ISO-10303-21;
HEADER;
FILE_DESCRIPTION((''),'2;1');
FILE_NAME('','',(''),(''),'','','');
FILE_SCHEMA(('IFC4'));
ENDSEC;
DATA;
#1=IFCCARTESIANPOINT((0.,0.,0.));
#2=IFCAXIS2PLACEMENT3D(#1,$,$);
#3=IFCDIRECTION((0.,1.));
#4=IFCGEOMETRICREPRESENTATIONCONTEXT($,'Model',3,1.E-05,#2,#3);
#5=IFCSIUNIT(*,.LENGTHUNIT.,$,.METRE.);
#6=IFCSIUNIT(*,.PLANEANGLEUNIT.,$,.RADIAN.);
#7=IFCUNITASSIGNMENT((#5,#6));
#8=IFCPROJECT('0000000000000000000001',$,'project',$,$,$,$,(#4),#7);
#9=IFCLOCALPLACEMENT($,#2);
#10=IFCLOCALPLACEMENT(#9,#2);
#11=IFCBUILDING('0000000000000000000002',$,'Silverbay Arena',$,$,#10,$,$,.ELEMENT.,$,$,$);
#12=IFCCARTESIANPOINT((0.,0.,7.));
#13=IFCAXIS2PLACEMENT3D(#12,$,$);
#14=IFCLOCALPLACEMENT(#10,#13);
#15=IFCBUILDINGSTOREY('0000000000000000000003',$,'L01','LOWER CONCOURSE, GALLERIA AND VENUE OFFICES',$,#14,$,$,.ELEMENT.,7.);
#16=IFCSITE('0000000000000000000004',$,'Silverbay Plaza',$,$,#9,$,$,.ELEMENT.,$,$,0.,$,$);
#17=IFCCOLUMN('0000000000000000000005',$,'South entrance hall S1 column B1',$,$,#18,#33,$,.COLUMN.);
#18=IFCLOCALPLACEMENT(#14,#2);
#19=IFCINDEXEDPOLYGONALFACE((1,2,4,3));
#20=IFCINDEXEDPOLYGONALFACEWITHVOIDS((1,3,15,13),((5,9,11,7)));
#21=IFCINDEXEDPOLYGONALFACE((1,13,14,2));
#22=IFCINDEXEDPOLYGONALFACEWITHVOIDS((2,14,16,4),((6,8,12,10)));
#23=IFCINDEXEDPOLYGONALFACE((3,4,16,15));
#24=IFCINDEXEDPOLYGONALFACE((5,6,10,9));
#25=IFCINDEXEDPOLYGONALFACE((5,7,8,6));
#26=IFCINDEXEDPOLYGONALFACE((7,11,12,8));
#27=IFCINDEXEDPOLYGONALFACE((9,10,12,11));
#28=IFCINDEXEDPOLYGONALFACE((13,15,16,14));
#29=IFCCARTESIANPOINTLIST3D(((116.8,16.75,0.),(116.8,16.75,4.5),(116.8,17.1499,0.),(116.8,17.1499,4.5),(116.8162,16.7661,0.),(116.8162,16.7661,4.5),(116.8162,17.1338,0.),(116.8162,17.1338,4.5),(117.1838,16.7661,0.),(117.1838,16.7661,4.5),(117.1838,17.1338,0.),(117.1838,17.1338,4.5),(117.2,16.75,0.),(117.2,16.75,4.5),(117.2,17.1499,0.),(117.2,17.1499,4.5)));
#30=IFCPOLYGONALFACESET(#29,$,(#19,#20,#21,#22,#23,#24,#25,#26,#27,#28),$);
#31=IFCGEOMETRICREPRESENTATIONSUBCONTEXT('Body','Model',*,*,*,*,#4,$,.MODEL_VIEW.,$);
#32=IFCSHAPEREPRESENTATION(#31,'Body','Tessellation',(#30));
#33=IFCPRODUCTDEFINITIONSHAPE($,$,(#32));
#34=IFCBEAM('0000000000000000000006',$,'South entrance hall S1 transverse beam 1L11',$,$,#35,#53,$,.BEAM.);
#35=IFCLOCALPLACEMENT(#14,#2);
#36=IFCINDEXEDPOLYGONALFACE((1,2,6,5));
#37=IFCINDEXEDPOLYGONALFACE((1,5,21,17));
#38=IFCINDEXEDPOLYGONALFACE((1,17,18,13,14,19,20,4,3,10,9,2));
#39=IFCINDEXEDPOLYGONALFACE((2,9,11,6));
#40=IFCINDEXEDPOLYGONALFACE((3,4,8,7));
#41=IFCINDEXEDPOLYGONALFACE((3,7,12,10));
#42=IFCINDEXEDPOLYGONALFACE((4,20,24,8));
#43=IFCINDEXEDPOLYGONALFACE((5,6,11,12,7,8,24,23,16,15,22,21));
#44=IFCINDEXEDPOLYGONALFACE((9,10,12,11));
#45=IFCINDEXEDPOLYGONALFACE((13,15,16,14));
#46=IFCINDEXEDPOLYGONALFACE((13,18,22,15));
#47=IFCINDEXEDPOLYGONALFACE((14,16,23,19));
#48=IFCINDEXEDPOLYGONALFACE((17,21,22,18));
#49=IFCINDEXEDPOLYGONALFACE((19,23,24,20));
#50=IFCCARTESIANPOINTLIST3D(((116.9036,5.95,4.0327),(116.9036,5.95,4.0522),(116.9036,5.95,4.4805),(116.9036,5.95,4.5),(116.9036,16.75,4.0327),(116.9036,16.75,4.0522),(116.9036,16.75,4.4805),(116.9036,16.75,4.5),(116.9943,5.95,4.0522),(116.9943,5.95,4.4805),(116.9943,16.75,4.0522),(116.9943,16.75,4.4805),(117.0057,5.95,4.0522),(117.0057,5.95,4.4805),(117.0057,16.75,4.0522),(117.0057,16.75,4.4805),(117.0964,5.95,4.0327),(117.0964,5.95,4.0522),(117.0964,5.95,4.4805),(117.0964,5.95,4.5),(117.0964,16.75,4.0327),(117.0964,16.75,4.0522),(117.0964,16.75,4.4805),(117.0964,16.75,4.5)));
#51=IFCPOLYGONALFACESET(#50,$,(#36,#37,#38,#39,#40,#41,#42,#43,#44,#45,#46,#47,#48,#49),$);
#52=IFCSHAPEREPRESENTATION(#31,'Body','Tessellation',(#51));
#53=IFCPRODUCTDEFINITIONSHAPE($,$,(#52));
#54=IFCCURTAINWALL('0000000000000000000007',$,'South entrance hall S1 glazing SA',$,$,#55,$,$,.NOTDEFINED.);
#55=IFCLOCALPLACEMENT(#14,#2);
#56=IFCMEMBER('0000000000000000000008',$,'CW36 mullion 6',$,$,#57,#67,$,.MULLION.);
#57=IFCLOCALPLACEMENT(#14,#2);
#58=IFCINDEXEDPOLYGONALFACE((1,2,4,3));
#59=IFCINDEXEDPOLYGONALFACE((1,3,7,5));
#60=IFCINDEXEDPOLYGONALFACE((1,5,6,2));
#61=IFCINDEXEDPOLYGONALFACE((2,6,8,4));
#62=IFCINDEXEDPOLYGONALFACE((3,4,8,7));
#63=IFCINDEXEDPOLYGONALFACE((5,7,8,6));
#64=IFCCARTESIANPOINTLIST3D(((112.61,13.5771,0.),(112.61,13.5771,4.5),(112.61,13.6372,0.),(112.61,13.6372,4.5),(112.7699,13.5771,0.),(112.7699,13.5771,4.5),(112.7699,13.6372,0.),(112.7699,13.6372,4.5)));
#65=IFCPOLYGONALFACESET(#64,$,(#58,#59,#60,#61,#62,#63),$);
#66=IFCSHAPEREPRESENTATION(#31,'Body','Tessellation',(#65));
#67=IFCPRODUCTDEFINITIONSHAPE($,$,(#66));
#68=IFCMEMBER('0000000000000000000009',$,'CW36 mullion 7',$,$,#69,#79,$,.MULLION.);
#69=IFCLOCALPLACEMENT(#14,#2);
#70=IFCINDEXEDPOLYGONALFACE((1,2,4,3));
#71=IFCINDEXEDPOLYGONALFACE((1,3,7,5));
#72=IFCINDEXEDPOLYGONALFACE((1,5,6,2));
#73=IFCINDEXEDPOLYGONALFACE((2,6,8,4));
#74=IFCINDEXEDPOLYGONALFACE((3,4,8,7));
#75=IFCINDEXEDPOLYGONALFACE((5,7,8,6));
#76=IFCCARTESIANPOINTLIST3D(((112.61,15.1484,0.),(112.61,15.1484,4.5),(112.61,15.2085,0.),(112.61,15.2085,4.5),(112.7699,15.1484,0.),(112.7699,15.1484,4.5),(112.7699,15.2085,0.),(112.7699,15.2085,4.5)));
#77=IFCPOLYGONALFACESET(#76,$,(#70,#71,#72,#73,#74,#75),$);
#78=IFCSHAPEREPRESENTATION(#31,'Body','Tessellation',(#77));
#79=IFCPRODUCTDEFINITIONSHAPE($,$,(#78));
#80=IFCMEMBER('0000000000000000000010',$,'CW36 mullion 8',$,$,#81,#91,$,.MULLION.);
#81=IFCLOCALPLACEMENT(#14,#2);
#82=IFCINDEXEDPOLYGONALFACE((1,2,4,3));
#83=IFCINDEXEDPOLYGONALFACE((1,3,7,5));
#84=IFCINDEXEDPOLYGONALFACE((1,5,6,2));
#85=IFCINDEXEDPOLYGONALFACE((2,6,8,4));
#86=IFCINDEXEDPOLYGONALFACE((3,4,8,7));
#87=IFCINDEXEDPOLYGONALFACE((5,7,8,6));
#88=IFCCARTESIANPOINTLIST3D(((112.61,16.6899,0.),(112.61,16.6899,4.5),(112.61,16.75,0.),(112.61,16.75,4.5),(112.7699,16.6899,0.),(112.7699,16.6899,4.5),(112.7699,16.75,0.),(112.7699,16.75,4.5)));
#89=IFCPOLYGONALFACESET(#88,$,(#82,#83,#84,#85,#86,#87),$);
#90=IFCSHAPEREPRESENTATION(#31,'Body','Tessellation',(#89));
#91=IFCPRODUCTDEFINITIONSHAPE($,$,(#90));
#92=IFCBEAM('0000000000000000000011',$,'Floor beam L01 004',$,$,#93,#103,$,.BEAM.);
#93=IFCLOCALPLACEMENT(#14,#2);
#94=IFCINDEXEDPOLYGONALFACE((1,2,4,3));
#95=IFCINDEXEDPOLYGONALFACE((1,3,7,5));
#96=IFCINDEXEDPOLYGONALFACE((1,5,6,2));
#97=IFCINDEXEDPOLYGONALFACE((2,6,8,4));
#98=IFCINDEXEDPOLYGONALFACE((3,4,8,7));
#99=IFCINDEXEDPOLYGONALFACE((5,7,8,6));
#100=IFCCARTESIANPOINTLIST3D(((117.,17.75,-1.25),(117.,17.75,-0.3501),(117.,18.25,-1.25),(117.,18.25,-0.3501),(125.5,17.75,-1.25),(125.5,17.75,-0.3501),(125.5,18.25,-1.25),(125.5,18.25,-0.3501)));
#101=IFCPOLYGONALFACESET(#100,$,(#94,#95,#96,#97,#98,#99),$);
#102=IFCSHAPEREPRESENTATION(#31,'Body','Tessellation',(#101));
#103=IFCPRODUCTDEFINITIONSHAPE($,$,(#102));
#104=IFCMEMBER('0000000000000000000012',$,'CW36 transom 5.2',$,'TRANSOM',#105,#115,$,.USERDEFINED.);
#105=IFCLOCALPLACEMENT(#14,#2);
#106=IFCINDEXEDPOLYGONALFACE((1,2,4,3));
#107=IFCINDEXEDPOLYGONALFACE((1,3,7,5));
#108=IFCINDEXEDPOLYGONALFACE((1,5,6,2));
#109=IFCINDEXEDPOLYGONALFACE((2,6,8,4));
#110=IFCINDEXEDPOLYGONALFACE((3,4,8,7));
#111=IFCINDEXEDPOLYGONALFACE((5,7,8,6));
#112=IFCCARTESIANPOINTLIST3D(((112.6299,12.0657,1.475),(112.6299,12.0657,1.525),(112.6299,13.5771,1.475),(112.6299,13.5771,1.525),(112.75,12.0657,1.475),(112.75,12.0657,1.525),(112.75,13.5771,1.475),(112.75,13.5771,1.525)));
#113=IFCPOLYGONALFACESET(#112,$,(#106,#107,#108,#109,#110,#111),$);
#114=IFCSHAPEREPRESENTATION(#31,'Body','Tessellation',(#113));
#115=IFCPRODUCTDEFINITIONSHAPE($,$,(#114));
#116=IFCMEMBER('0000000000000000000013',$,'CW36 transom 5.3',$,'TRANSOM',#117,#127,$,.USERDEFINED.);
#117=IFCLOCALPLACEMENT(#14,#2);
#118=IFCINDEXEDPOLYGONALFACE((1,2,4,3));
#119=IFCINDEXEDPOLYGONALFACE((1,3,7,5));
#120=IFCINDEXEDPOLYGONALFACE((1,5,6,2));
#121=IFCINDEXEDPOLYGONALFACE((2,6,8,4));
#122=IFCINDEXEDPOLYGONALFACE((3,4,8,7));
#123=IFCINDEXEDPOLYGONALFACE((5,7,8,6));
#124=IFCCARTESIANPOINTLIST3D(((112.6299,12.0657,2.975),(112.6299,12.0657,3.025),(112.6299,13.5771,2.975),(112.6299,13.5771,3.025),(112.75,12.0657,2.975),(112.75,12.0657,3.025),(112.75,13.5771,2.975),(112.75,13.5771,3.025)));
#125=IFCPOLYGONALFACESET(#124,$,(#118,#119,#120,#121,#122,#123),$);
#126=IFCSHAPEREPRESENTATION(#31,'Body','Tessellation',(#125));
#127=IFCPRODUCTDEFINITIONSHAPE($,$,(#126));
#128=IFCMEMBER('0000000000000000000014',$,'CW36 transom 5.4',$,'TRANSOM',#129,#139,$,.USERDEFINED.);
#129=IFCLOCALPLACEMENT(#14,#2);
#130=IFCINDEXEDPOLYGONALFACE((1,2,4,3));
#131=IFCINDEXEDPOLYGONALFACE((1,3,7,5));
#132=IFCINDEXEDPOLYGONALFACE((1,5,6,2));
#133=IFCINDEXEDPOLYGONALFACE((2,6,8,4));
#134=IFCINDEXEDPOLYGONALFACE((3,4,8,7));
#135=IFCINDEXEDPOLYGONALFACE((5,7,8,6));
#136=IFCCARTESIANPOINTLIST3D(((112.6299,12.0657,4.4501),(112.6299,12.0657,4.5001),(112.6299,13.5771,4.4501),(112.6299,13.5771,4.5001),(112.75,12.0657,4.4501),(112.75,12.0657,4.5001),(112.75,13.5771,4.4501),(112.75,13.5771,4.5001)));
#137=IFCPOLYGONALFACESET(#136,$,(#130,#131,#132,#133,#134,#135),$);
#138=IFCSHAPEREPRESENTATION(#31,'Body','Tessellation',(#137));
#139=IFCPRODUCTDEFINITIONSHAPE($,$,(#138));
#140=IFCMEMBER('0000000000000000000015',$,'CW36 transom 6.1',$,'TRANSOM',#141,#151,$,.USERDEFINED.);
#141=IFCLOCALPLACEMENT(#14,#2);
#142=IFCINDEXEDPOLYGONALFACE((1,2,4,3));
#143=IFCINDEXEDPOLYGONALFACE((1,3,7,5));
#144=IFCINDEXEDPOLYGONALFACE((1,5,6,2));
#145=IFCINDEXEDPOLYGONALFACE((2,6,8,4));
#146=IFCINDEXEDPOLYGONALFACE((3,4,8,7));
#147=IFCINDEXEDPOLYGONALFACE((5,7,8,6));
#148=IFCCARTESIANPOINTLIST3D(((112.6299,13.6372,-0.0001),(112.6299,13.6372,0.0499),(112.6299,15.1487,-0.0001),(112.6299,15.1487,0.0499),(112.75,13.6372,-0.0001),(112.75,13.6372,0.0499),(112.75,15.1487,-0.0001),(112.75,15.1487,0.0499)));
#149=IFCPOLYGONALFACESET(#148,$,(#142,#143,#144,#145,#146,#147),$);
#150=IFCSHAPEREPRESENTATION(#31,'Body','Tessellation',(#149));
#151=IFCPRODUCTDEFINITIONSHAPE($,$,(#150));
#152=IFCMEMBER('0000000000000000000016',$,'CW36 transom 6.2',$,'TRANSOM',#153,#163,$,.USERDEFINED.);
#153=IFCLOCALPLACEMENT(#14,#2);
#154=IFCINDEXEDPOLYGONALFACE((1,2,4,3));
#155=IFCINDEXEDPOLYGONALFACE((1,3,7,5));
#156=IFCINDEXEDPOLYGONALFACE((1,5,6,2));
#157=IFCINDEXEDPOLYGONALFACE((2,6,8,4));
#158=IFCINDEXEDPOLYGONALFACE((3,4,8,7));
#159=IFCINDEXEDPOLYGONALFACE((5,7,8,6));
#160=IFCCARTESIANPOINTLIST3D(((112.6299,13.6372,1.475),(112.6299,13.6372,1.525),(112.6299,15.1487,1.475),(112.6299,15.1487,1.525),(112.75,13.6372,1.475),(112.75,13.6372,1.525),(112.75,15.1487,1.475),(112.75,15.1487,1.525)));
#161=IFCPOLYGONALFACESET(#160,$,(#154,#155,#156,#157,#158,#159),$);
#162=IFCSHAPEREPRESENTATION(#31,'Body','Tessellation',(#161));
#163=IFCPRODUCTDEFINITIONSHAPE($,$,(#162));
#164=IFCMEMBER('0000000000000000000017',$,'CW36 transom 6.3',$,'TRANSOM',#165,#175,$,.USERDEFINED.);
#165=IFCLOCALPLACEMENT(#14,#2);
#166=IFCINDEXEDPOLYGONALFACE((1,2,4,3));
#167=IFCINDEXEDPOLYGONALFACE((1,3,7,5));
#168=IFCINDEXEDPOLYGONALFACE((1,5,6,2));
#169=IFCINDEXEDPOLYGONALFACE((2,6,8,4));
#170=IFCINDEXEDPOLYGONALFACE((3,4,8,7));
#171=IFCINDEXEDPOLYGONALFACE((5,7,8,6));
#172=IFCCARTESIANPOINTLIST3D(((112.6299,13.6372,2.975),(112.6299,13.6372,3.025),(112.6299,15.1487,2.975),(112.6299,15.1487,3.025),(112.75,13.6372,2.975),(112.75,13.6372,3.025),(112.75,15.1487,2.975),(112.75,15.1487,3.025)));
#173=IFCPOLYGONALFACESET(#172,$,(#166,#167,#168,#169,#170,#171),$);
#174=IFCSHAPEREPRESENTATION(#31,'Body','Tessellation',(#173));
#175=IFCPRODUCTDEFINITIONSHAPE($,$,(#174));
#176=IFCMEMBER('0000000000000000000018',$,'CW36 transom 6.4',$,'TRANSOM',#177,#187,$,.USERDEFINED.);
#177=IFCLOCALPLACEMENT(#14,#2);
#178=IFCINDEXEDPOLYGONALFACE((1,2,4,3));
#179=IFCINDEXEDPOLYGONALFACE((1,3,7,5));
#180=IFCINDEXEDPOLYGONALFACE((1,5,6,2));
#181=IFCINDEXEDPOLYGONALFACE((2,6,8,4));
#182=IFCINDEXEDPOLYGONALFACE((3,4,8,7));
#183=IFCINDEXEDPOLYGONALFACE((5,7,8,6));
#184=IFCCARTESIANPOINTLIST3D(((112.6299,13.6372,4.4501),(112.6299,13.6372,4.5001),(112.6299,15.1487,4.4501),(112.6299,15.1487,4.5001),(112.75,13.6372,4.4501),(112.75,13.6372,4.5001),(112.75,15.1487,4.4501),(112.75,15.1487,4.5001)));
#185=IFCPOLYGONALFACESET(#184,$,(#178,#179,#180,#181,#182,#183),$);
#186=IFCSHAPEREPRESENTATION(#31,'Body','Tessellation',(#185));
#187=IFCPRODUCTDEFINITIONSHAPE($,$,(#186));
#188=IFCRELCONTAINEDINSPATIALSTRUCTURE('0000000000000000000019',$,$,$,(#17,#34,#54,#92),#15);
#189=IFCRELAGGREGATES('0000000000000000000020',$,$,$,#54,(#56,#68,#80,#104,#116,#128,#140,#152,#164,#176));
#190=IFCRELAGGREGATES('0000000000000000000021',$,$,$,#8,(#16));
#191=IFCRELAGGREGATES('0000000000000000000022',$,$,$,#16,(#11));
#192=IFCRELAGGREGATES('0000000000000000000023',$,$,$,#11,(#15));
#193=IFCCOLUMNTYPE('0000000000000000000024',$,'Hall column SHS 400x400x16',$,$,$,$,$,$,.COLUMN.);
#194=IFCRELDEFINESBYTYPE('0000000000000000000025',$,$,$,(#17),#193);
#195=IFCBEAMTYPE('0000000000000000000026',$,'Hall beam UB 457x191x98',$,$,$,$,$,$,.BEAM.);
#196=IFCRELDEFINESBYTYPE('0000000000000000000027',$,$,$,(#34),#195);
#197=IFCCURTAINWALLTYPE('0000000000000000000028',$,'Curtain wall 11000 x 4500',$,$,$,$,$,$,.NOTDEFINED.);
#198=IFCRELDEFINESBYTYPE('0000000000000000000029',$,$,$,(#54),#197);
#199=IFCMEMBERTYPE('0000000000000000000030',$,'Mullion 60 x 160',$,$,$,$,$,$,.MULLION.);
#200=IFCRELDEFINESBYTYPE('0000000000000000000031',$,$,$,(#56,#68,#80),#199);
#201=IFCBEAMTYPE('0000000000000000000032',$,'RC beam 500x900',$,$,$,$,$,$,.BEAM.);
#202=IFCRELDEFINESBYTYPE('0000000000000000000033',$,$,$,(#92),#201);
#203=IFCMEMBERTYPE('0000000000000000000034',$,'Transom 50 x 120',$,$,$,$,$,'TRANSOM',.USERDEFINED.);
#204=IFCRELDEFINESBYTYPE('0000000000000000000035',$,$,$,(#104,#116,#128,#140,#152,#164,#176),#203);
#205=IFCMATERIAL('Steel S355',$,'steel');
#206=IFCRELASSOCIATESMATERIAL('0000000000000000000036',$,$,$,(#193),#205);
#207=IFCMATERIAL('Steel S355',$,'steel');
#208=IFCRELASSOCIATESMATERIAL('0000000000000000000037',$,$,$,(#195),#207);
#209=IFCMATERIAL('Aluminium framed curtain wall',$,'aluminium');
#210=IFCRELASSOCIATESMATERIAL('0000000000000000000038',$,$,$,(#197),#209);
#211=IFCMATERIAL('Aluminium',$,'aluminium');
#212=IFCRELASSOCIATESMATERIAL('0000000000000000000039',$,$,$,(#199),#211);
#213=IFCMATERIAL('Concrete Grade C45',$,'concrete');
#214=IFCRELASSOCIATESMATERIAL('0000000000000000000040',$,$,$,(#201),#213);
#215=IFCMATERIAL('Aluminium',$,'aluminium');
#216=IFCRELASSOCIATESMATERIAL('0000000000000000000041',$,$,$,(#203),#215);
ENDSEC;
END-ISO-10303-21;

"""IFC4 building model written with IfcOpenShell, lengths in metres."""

from ifc_helpers import new_model, si_unit, direction, frame, origin, origin_2d, place, context, subcontext, project, spatial, rectangle, hollow_rectangle, i_section, extrude, material, material_profile, profile_set, type_object, element, aggregate, save


model = new_model("IFC4")

# Units and contexts
model_context = context("Model", 3, precision=1e-05, world=origin(), true_north=direction((0.0, 1.0)))
body_context = subcontext(model_context, "Body", "Model", "MODEL_VIEW")
ifc_project = project(units=[si_unit("LENGTHUNIT", "METRE"), si_unit("PLANEANGLEUNIT", "RADIAN")], contexts=[model_context])

# Site, building, storey
site_placement = place(None, origin())
site = spatial("IfcSite", under=ifc_project, at=site_placement, Name="Silverbay Plaza", CompositionType="ELEMENT", RefElevation=0.0)
building_placement = place(site_placement, origin())
building = spatial("IfcBuilding", under=site, at=building_placement, Name="Silverbay Arena", CompositionType="ELEMENT")
storey_placement = place(building_placement, frame((0.0, 0.0, 7.0)))
storey = spatial("IfcBuildingStorey", under=building, at=storey_placement, Name="L01", Description="LOWER CONCOURSE, GALLERIA AND VENUE OFFICES", CompositionType="ELEMENT", Elevation=7.0)

# Column
ifc_material_1 = material(Name="Steel S355", Category="steel")
ifc_material_profile_1 = material_profile(ifc_material_1, hollow_rectangle(XDim=0.3999, YDim=0.3999, WallThickness=0.0161, at=origin_2d()), Name="SHS 400x400x16")
ifc_profile_set_1 = profile_set([ifc_material_profile_1], Name="Steel S355")
column_type = type_object("IfcColumnType", Name="Hall column SHS 400x400x16", PredefinedType="COLUMN", material=ifc_profile_set_1)
column_placement = place(storey_placement, frame((117.0, 16.95, 0.0), z_axis=(0.0, 0.0, 1.0), x_axis=(1.0, 0.0, 0.0)))
element("IfcColumn", 1, at=column_placement, inside=storey, type_object=column_type, Name="South entrance hall S1 column B1", PredefinedType="COLUMN", context=body_context, shape_type="SweptSolid", body=[
    extrude(hollow_rectangle(XDim=0.3999, YDim=0.3999, WallThickness=0.0161, at=origin_2d()), origin(), (0.0, 0.0, 1.0), 4.5),
])

# Beam
ifc_material_2 = material(Name="Steel S355", Category="steel")
ifc_material_profile_2 = material_profile(ifc_material_2, i_section(OverallWidth=0.1929, OverallDepth=0.4673, WebThickness=0.0115, FlangeThickness=0.0195, at=origin_2d()), Name="UB 457x191x98")
ifc_profile_set_2 = profile_set([ifc_material_profile_2], Name="Steel S355")
beam_type_1 = type_object("IfcBeamType", Name="Hall beam UB 457x191x98", PredefinedType="BEAM", material=ifc_profile_set_2)
beam_1_placement = place(storey_placement, frame((117.0, 16.75, 4.2664), z_axis=(0.0, -1.0, 0.0), x_axis=(1.0, 0.0, 0.0)))
element("IfcBeam", 2, at=beam_1_placement, inside=storey, type_object=beam_type_1, Name="South entrance hall S1 transverse beam 1L11", PredefinedType="BEAM", context=body_context, shape_type="SweptSolid", body=[
    extrude(i_section(OverallWidth=0.1929, OverallDepth=0.4673, WebThickness=0.0115, FlangeThickness=0.0195, at=origin_2d()), origin(), (0.0, 0.0, 1.0), 10.8),
])

# Curtain wall, members
ifc_material_3 = material(Name="Aluminium framed curtain wall", Category="aluminium")
curtain_wall_type = type_object("IfcCurtainWallType", Name="Curtain wall 11000 x 4500", PredefinedType="NOTDEFINED", material=ifc_material_3)
curtain_wall_placement = place(storey_placement, origin())
curtain_wall = element("IfcCurtainWall", 3, at=curtain_wall_placement, inside=storey, type_object=curtain_wall_type, Name="South entrance hall S1 glazing SA", PredefinedType="NOTDEFINED")
ifc_material_4 = material(Name="Aluminium", Category="aluminium")
ifc_material_profile_3 = material_profile(ifc_material_4, rectangle(XDim=0.1599, YDim=0.0601, at=origin_2d()), Name="Mullion 60 x 160")
ifc_profile_set_3 = profile_set([ifc_material_profile_3], Name="Aluminium")
member_type_1 = type_object("IfcMemberType", Name="Mullion 60 x 160", PredefinedType="MULLION", material=ifc_profile_set_3)
member_1_placement = place(storey_placement, frame((112.6899, 13.6072, 0.0), z_axis=(0.0, 0.0, 1.0), x_axis=(-1.0, 0.0, 0.0)))
member_1 = element("IfcMember", 4, at=member_1_placement, type_object=member_type_1, Name="CW36 mullion 6", PredefinedType="MULLION", context=body_context, shape_type="SweptSolid", body=[
    extrude(rectangle(XDim=0.1599, YDim=0.0601, at=origin_2d()), origin(), (0.0, 0.0, 1.0), 4.5),
])
member_2_placement = place(storey_placement, frame((112.6899, 15.1785, 0.0), z_axis=(0.0, 0.0, 1.0), x_axis=(-1.0, 0.0, 0.0)))
member_2 = element("IfcMember", 5, at=member_2_placement, type_object=member_type_1, Name="CW36 mullion 7", PredefinedType="MULLION", context=body_context, shape_type="SweptSolid", body=[
    extrude(rectangle(XDim=0.1599, YDim=0.0601, at=origin_2d()), origin(), (0.0, 0.0, 1.0), 4.5),
])
member_3_placement = place(storey_placement, frame((112.6899, 16.72, 0.0), z_axis=(0.0, 0.0, 1.0), x_axis=(-1.0, 0.0, 0.0)))
member_3 = element("IfcMember", 6, at=member_3_placement, type_object=member_type_1, Name="CW36 mullion 8", PredefinedType="MULLION", context=body_context, shape_type="SweptSolid", body=[
    extrude(rectangle(XDim=0.1599, YDim=0.0601, at=origin_2d()), origin(), (0.0, 0.0, 1.0), 4.5),
])

# Beam
ifc_material_5 = material(Name="Concrete Grade C45", Category="concrete")
ifc_material_profile_4 = material_profile(ifc_material_5, rectangle(XDim=0.5, YDim=0.8999, at=origin_2d()), Name="RC 500x900")
ifc_profile_set_4 = profile_set([ifc_material_profile_4], Name="Concrete Grade C45")
beam_type_2 = type_object("IfcBeamType", Name="RC beam 500x900", PredefinedType="BEAM", material=ifc_profile_set_4)
beam_2_placement = place(storey_placement, frame((117.0, 18.0, -0.8), z_axis=(1.0, 0.0, 0.0), x_axis=(0.0, 1.0, 0.0)))
element("IfcBeam", 7, at=beam_2_placement, inside=storey, type_object=beam_type_2, Name="Floor beam L01 004", PredefinedType="BEAM", context=body_context, shape_type="SweptSolid", body=[
    extrude(rectangle(XDim=0.5, YDim=0.8999, at=origin_2d()), origin(), (0.0, 0.0, 1.0), 8.5),
])

# Members
ifc_material_6 = material(Name="Aluminium", Category="aluminium")
ifc_material_profile_5 = material_profile(ifc_material_6, rectangle(XDim=0.1201, YDim=0.05, at=origin_2d()), Name="Transom 50 x 120")
ifc_profile_set_5 = profile_set([ifc_material_profile_5], Name="Aluminium")
member_type_2 = type_object("IfcMemberType", Name="Transom 50 x 120", ElementType="TRANSOM", PredefinedType="USERDEFINED", material=ifc_profile_set_5)
member_4_placement = place(storey_placement, frame((112.6899, 12.0657, 1.5), z_axis=(0.0, 1.0, 0.0), x_axis=(-1.0, 0.0, 0.0)))
member_4 = element("IfcMember", 8, at=member_4_placement, type_object=member_type_2, Name="CW36 transom 5.2", ObjectType="TRANSOM", PredefinedType="USERDEFINED", context=body_context, shape_type="SweptSolid", body=[
    extrude(rectangle(XDim=0.1201, YDim=0.05, at=origin_2d()), origin(), (0.0, 0.0, 1.0), 1.5115),
])
member_5_placement = place(storey_placement, frame((112.6899, 12.0657, 3.0), z_axis=(0.0, 1.0, 0.0), x_axis=(-1.0, 0.0, 0.0)))
member_5 = element("IfcMember", 9, at=member_5_placement, type_object=member_type_2, Name="CW36 transom 5.3", ObjectType="TRANSOM", PredefinedType="USERDEFINED", context=body_context, shape_type="SweptSolid", body=[
    extrude(rectangle(XDim=0.1201, YDim=0.05, at=origin_2d()), origin(), (0.0, 0.0, 1.0), 1.5115),
])
member_6_placement = place(storey_placement, frame((112.6899, 12.0657, 4.4751), z_axis=(0.0, 1.0, 0.0), x_axis=(-1.0, 0.0, 0.0)))
member_6 = element("IfcMember", 10, at=member_6_placement, type_object=member_type_2, Name="CW36 transom 5.4", ObjectType="TRANSOM", PredefinedType="USERDEFINED", context=body_context, shape_type="SweptSolid", body=[
    extrude(rectangle(XDim=0.1201, YDim=0.05, at=origin_2d()), origin(), (0.0, 0.0, 1.0), 1.5115),
])
member_7_placement = place(storey_placement, frame((112.6899, 13.6372, 0.0249), z_axis=(0.0, 1.0, 0.0), x_axis=(-1.0, 0.0, 0.0)))
member_7 = element("IfcMember", 11, at=member_7_placement, type_object=member_type_2, Name="CW36 transom 6.1", ObjectType="TRANSOM", PredefinedType="USERDEFINED", context=body_context, shape_type="SweptSolid", body=[
    extrude(rectangle(XDim=0.1201, YDim=0.05, at=origin_2d()), origin(), (0.0, 0.0, 1.0), 1.5115),
])
member_8_placement = place(storey_placement, frame((112.6899, 13.6372, 1.5), z_axis=(0.0, 1.0, 0.0), x_axis=(-1.0, 0.0, 0.0)))
member_8 = element("IfcMember", 12, at=member_8_placement, type_object=member_type_2, Name="CW36 transom 6.2", ObjectType="TRANSOM", PredefinedType="USERDEFINED", context=body_context, shape_type="SweptSolid", body=[
    extrude(rectangle(XDim=0.1201, YDim=0.05, at=origin_2d()), origin(), (0.0, 0.0, 1.0), 1.5115),
])
member_9_placement = place(storey_placement, frame((112.6899, 13.6372, 3.0), z_axis=(0.0, 1.0, 0.0), x_axis=(-1.0, 0.0, 0.0)))
member_9 = element("IfcMember", 13, at=member_9_placement, type_object=member_type_2, Name="CW36 transom 6.3", ObjectType="TRANSOM", PredefinedType="USERDEFINED", context=body_context, shape_type="SweptSolid", body=[
    extrude(rectangle(XDim=0.1201, YDim=0.05, at=origin_2d()), origin(), (0.0, 0.0, 1.0), 1.5115),
])
member_10_placement = place(storey_placement, frame((112.6899, 13.6372, 4.4751), z_axis=(0.0, 1.0, 0.0), x_axis=(-1.0, 0.0, 0.0)))
member_10 = element("IfcMember", 14, at=member_10_placement, type_object=member_type_2, Name="CW36 transom 6.4", ObjectType="TRANSOM", PredefinedType="USERDEFINED", context=body_context, shape_type="SweptSolid", body=[
    extrude(rectangle(XDim=0.1201, YDim=0.05, at=origin_2d()), origin(), (0.0, 0.0, 1.0), 1.5115),
])

aggregate(curtain_wall, [member_1, member_2, member_3, member_4, member_5, member_6, member_7, member_8, member_9, member_10])

save(model, "model.ifc")
